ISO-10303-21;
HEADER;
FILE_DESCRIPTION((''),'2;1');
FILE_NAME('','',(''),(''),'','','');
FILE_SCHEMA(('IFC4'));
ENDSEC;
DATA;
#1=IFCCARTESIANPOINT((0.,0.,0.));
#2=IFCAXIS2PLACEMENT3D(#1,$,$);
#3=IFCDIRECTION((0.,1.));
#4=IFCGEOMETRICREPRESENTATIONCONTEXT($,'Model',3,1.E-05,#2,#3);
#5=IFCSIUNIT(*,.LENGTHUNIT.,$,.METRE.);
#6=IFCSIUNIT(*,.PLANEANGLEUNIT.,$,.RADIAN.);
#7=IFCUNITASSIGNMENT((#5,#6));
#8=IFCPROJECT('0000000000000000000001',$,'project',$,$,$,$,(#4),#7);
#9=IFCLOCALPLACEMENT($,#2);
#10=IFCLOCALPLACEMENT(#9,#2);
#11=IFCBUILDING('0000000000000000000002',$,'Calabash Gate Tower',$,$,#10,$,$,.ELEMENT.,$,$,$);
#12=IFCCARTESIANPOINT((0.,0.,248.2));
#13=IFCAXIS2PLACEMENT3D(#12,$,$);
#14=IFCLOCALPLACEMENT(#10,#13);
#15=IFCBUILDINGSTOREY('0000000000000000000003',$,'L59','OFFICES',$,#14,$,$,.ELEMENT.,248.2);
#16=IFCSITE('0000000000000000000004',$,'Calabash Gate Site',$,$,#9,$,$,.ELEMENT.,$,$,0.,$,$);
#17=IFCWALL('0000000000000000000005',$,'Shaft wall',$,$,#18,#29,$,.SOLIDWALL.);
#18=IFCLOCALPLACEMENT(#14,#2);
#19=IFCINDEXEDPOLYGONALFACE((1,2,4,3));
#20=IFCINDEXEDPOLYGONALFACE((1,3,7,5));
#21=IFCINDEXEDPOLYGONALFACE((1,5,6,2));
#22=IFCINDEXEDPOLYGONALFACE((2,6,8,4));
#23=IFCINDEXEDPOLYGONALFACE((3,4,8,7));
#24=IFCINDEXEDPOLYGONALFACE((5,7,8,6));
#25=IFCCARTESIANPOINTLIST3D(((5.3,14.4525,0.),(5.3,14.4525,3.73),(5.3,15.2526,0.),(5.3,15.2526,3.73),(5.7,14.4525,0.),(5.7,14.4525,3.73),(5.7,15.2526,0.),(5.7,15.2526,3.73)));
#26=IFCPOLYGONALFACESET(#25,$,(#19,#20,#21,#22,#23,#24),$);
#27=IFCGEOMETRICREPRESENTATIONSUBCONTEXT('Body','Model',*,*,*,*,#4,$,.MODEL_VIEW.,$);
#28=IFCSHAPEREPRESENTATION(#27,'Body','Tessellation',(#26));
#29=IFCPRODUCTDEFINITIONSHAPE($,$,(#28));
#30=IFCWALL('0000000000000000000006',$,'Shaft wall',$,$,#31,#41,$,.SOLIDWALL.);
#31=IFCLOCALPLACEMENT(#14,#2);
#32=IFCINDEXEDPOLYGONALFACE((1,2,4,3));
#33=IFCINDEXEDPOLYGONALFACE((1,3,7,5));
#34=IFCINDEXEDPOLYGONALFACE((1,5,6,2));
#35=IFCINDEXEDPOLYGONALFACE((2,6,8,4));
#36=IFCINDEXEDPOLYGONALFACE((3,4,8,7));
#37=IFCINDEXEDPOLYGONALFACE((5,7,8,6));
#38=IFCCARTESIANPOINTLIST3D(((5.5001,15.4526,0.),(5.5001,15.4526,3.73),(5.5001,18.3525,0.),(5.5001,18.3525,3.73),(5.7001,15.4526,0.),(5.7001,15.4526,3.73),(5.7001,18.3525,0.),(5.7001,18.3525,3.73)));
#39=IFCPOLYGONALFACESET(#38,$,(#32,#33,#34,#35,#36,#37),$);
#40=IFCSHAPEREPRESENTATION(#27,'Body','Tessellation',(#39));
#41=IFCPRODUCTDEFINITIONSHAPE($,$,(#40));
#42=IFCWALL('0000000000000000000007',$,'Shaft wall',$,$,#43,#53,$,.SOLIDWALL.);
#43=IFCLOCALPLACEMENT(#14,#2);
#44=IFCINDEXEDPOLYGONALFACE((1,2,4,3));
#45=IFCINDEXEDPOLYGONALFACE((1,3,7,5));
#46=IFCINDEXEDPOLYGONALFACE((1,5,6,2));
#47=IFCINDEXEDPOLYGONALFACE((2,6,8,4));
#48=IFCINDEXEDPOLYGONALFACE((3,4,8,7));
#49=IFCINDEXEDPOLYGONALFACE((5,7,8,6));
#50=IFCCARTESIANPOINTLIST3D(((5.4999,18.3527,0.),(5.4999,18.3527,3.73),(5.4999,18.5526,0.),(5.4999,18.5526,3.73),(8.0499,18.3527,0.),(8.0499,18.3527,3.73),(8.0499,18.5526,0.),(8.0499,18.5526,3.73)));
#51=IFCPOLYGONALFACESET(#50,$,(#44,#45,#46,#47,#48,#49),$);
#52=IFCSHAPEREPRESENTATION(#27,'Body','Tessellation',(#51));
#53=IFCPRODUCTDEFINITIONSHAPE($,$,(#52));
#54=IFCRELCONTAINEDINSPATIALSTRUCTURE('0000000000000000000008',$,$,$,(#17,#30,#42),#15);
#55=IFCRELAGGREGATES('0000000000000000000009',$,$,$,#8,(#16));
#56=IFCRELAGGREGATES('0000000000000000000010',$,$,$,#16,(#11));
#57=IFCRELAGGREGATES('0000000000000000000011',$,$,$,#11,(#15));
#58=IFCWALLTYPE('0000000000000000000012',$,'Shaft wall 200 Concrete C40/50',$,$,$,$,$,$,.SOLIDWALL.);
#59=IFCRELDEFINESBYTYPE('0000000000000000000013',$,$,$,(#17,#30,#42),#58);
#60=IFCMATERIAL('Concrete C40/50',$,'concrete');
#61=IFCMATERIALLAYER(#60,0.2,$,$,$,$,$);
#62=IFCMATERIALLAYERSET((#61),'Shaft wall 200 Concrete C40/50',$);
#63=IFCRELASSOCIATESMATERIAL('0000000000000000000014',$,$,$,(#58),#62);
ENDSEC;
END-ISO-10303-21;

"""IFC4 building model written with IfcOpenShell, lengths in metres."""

from ifc_helpers import new_model, si_unit, direction, frame, frame_2d, origin, place, context, subcontext, project, spatial, rectangle, extrude, material, layer, layer_set, type_object, element, save


model = new_model("IFC4")

# Units and contexts
model_context = context("Model", 3, precision=1e-05, world=origin(), true_north=direction((0.0, 1.0)))
body_context = subcontext(model_context, "Body", "Model", "MODEL_VIEW")
ifc_project = project(units=[si_unit("LENGTHUNIT", "METRE"), si_unit("PLANEANGLEUNIT", "RADIAN")], contexts=[model_context])

# Site, building, storey
site_placement = place(None, origin())
site = spatial("IfcSite", under=ifc_project, at=site_placement, Name="Calabash Gate Site", CompositionType="ELEMENT", RefElevation=0.0)
building_placement = place(site_placement, origin())
building = spatial("IfcBuilding", under=site, at=building_placement, Name="Calabash Gate Tower", CompositionType="ELEMENT")
storey_placement = place(building_placement, frame((0.0, 0.0, 248.2)))
storey = spatial("IfcBuildingStorey", under=building, at=storey_placement, Name="L59", Description="OFFICES", CompositionType="ELEMENT", Elevation=248.2)

# Shared definitions
ifc_material_1 = material(Name="Concrete C40/50", Category="concrete")
ifc_layer_1 = layer(ifc_material_1, 0.2)
ifc_layer_set_1 = layer_set([ifc_layer_1], Name="Shaft wall 200 Concrete C40/50")
wall_type_1 = type_object("IfcWallType", Name="Shaft wall 200 Concrete C40/50", PredefinedType="SOLIDWALL", material=ifc_layer_set_1)

# Walls
wall_1_placement = place(storey_placement, frame((5.5, 14.4526, 0.0), z_axis=(0.0, 0.0, 1.0), x_axis=(0.0, 1.0, 0.0)))
element("IfcWall", 1, at=wall_1_placement, inside=storey, type_object=wall_type_1, Name="Shaft wall", PredefinedType="SOLIDWALL", context=body_context, shape_type="SweptSolid", body=[
    extrude(rectangle(XDim=0.8, YDim=0.3999, at=frame_2d((0.3999, 0.0))), origin(), (0.0, 0.0, 1.0), 3.73),
])
wall_2_placement = place(storey_placement, frame((5.6001, 15.4526, 0.0), z_axis=(0.0, 0.0, 1.0), x_axis=(0.0, 1.0, 0.0)))
element("IfcWall", 2, at=wall_2_placement, inside=storey, type_object=wall_type_1, Name="Shaft wall", PredefinedType="SOLIDWALL", context=body_context, shape_type="SweptSolid", body=[
    extrude(rectangle(XDim=2.8999, YDim=0.2, at=frame_2d((1.45, 0.0))), origin(), (0.0, 0.0, 1.0), 3.73),
])
wall_3_placement = place(storey_placement, frame((5.5, 18.4526, 0.0), z_axis=(0.0, 0.0, 1.0), x_axis=(1.0, 0.0, 0.0)))
element("IfcWall", 3, at=wall_3_placement, inside=storey, type_object=wall_type_1, Name="Shaft wall", PredefinedType="SOLIDWALL", context=body_context, shape_type="SweptSolid", body=[
    extrude(rectangle(XDim=2.55, YDim=0.2, at=frame_2d((1.2749, 0.0))), origin(), (0.0, 0.0, 1.0), 3.73),
])

save(model, "model.ifc")
